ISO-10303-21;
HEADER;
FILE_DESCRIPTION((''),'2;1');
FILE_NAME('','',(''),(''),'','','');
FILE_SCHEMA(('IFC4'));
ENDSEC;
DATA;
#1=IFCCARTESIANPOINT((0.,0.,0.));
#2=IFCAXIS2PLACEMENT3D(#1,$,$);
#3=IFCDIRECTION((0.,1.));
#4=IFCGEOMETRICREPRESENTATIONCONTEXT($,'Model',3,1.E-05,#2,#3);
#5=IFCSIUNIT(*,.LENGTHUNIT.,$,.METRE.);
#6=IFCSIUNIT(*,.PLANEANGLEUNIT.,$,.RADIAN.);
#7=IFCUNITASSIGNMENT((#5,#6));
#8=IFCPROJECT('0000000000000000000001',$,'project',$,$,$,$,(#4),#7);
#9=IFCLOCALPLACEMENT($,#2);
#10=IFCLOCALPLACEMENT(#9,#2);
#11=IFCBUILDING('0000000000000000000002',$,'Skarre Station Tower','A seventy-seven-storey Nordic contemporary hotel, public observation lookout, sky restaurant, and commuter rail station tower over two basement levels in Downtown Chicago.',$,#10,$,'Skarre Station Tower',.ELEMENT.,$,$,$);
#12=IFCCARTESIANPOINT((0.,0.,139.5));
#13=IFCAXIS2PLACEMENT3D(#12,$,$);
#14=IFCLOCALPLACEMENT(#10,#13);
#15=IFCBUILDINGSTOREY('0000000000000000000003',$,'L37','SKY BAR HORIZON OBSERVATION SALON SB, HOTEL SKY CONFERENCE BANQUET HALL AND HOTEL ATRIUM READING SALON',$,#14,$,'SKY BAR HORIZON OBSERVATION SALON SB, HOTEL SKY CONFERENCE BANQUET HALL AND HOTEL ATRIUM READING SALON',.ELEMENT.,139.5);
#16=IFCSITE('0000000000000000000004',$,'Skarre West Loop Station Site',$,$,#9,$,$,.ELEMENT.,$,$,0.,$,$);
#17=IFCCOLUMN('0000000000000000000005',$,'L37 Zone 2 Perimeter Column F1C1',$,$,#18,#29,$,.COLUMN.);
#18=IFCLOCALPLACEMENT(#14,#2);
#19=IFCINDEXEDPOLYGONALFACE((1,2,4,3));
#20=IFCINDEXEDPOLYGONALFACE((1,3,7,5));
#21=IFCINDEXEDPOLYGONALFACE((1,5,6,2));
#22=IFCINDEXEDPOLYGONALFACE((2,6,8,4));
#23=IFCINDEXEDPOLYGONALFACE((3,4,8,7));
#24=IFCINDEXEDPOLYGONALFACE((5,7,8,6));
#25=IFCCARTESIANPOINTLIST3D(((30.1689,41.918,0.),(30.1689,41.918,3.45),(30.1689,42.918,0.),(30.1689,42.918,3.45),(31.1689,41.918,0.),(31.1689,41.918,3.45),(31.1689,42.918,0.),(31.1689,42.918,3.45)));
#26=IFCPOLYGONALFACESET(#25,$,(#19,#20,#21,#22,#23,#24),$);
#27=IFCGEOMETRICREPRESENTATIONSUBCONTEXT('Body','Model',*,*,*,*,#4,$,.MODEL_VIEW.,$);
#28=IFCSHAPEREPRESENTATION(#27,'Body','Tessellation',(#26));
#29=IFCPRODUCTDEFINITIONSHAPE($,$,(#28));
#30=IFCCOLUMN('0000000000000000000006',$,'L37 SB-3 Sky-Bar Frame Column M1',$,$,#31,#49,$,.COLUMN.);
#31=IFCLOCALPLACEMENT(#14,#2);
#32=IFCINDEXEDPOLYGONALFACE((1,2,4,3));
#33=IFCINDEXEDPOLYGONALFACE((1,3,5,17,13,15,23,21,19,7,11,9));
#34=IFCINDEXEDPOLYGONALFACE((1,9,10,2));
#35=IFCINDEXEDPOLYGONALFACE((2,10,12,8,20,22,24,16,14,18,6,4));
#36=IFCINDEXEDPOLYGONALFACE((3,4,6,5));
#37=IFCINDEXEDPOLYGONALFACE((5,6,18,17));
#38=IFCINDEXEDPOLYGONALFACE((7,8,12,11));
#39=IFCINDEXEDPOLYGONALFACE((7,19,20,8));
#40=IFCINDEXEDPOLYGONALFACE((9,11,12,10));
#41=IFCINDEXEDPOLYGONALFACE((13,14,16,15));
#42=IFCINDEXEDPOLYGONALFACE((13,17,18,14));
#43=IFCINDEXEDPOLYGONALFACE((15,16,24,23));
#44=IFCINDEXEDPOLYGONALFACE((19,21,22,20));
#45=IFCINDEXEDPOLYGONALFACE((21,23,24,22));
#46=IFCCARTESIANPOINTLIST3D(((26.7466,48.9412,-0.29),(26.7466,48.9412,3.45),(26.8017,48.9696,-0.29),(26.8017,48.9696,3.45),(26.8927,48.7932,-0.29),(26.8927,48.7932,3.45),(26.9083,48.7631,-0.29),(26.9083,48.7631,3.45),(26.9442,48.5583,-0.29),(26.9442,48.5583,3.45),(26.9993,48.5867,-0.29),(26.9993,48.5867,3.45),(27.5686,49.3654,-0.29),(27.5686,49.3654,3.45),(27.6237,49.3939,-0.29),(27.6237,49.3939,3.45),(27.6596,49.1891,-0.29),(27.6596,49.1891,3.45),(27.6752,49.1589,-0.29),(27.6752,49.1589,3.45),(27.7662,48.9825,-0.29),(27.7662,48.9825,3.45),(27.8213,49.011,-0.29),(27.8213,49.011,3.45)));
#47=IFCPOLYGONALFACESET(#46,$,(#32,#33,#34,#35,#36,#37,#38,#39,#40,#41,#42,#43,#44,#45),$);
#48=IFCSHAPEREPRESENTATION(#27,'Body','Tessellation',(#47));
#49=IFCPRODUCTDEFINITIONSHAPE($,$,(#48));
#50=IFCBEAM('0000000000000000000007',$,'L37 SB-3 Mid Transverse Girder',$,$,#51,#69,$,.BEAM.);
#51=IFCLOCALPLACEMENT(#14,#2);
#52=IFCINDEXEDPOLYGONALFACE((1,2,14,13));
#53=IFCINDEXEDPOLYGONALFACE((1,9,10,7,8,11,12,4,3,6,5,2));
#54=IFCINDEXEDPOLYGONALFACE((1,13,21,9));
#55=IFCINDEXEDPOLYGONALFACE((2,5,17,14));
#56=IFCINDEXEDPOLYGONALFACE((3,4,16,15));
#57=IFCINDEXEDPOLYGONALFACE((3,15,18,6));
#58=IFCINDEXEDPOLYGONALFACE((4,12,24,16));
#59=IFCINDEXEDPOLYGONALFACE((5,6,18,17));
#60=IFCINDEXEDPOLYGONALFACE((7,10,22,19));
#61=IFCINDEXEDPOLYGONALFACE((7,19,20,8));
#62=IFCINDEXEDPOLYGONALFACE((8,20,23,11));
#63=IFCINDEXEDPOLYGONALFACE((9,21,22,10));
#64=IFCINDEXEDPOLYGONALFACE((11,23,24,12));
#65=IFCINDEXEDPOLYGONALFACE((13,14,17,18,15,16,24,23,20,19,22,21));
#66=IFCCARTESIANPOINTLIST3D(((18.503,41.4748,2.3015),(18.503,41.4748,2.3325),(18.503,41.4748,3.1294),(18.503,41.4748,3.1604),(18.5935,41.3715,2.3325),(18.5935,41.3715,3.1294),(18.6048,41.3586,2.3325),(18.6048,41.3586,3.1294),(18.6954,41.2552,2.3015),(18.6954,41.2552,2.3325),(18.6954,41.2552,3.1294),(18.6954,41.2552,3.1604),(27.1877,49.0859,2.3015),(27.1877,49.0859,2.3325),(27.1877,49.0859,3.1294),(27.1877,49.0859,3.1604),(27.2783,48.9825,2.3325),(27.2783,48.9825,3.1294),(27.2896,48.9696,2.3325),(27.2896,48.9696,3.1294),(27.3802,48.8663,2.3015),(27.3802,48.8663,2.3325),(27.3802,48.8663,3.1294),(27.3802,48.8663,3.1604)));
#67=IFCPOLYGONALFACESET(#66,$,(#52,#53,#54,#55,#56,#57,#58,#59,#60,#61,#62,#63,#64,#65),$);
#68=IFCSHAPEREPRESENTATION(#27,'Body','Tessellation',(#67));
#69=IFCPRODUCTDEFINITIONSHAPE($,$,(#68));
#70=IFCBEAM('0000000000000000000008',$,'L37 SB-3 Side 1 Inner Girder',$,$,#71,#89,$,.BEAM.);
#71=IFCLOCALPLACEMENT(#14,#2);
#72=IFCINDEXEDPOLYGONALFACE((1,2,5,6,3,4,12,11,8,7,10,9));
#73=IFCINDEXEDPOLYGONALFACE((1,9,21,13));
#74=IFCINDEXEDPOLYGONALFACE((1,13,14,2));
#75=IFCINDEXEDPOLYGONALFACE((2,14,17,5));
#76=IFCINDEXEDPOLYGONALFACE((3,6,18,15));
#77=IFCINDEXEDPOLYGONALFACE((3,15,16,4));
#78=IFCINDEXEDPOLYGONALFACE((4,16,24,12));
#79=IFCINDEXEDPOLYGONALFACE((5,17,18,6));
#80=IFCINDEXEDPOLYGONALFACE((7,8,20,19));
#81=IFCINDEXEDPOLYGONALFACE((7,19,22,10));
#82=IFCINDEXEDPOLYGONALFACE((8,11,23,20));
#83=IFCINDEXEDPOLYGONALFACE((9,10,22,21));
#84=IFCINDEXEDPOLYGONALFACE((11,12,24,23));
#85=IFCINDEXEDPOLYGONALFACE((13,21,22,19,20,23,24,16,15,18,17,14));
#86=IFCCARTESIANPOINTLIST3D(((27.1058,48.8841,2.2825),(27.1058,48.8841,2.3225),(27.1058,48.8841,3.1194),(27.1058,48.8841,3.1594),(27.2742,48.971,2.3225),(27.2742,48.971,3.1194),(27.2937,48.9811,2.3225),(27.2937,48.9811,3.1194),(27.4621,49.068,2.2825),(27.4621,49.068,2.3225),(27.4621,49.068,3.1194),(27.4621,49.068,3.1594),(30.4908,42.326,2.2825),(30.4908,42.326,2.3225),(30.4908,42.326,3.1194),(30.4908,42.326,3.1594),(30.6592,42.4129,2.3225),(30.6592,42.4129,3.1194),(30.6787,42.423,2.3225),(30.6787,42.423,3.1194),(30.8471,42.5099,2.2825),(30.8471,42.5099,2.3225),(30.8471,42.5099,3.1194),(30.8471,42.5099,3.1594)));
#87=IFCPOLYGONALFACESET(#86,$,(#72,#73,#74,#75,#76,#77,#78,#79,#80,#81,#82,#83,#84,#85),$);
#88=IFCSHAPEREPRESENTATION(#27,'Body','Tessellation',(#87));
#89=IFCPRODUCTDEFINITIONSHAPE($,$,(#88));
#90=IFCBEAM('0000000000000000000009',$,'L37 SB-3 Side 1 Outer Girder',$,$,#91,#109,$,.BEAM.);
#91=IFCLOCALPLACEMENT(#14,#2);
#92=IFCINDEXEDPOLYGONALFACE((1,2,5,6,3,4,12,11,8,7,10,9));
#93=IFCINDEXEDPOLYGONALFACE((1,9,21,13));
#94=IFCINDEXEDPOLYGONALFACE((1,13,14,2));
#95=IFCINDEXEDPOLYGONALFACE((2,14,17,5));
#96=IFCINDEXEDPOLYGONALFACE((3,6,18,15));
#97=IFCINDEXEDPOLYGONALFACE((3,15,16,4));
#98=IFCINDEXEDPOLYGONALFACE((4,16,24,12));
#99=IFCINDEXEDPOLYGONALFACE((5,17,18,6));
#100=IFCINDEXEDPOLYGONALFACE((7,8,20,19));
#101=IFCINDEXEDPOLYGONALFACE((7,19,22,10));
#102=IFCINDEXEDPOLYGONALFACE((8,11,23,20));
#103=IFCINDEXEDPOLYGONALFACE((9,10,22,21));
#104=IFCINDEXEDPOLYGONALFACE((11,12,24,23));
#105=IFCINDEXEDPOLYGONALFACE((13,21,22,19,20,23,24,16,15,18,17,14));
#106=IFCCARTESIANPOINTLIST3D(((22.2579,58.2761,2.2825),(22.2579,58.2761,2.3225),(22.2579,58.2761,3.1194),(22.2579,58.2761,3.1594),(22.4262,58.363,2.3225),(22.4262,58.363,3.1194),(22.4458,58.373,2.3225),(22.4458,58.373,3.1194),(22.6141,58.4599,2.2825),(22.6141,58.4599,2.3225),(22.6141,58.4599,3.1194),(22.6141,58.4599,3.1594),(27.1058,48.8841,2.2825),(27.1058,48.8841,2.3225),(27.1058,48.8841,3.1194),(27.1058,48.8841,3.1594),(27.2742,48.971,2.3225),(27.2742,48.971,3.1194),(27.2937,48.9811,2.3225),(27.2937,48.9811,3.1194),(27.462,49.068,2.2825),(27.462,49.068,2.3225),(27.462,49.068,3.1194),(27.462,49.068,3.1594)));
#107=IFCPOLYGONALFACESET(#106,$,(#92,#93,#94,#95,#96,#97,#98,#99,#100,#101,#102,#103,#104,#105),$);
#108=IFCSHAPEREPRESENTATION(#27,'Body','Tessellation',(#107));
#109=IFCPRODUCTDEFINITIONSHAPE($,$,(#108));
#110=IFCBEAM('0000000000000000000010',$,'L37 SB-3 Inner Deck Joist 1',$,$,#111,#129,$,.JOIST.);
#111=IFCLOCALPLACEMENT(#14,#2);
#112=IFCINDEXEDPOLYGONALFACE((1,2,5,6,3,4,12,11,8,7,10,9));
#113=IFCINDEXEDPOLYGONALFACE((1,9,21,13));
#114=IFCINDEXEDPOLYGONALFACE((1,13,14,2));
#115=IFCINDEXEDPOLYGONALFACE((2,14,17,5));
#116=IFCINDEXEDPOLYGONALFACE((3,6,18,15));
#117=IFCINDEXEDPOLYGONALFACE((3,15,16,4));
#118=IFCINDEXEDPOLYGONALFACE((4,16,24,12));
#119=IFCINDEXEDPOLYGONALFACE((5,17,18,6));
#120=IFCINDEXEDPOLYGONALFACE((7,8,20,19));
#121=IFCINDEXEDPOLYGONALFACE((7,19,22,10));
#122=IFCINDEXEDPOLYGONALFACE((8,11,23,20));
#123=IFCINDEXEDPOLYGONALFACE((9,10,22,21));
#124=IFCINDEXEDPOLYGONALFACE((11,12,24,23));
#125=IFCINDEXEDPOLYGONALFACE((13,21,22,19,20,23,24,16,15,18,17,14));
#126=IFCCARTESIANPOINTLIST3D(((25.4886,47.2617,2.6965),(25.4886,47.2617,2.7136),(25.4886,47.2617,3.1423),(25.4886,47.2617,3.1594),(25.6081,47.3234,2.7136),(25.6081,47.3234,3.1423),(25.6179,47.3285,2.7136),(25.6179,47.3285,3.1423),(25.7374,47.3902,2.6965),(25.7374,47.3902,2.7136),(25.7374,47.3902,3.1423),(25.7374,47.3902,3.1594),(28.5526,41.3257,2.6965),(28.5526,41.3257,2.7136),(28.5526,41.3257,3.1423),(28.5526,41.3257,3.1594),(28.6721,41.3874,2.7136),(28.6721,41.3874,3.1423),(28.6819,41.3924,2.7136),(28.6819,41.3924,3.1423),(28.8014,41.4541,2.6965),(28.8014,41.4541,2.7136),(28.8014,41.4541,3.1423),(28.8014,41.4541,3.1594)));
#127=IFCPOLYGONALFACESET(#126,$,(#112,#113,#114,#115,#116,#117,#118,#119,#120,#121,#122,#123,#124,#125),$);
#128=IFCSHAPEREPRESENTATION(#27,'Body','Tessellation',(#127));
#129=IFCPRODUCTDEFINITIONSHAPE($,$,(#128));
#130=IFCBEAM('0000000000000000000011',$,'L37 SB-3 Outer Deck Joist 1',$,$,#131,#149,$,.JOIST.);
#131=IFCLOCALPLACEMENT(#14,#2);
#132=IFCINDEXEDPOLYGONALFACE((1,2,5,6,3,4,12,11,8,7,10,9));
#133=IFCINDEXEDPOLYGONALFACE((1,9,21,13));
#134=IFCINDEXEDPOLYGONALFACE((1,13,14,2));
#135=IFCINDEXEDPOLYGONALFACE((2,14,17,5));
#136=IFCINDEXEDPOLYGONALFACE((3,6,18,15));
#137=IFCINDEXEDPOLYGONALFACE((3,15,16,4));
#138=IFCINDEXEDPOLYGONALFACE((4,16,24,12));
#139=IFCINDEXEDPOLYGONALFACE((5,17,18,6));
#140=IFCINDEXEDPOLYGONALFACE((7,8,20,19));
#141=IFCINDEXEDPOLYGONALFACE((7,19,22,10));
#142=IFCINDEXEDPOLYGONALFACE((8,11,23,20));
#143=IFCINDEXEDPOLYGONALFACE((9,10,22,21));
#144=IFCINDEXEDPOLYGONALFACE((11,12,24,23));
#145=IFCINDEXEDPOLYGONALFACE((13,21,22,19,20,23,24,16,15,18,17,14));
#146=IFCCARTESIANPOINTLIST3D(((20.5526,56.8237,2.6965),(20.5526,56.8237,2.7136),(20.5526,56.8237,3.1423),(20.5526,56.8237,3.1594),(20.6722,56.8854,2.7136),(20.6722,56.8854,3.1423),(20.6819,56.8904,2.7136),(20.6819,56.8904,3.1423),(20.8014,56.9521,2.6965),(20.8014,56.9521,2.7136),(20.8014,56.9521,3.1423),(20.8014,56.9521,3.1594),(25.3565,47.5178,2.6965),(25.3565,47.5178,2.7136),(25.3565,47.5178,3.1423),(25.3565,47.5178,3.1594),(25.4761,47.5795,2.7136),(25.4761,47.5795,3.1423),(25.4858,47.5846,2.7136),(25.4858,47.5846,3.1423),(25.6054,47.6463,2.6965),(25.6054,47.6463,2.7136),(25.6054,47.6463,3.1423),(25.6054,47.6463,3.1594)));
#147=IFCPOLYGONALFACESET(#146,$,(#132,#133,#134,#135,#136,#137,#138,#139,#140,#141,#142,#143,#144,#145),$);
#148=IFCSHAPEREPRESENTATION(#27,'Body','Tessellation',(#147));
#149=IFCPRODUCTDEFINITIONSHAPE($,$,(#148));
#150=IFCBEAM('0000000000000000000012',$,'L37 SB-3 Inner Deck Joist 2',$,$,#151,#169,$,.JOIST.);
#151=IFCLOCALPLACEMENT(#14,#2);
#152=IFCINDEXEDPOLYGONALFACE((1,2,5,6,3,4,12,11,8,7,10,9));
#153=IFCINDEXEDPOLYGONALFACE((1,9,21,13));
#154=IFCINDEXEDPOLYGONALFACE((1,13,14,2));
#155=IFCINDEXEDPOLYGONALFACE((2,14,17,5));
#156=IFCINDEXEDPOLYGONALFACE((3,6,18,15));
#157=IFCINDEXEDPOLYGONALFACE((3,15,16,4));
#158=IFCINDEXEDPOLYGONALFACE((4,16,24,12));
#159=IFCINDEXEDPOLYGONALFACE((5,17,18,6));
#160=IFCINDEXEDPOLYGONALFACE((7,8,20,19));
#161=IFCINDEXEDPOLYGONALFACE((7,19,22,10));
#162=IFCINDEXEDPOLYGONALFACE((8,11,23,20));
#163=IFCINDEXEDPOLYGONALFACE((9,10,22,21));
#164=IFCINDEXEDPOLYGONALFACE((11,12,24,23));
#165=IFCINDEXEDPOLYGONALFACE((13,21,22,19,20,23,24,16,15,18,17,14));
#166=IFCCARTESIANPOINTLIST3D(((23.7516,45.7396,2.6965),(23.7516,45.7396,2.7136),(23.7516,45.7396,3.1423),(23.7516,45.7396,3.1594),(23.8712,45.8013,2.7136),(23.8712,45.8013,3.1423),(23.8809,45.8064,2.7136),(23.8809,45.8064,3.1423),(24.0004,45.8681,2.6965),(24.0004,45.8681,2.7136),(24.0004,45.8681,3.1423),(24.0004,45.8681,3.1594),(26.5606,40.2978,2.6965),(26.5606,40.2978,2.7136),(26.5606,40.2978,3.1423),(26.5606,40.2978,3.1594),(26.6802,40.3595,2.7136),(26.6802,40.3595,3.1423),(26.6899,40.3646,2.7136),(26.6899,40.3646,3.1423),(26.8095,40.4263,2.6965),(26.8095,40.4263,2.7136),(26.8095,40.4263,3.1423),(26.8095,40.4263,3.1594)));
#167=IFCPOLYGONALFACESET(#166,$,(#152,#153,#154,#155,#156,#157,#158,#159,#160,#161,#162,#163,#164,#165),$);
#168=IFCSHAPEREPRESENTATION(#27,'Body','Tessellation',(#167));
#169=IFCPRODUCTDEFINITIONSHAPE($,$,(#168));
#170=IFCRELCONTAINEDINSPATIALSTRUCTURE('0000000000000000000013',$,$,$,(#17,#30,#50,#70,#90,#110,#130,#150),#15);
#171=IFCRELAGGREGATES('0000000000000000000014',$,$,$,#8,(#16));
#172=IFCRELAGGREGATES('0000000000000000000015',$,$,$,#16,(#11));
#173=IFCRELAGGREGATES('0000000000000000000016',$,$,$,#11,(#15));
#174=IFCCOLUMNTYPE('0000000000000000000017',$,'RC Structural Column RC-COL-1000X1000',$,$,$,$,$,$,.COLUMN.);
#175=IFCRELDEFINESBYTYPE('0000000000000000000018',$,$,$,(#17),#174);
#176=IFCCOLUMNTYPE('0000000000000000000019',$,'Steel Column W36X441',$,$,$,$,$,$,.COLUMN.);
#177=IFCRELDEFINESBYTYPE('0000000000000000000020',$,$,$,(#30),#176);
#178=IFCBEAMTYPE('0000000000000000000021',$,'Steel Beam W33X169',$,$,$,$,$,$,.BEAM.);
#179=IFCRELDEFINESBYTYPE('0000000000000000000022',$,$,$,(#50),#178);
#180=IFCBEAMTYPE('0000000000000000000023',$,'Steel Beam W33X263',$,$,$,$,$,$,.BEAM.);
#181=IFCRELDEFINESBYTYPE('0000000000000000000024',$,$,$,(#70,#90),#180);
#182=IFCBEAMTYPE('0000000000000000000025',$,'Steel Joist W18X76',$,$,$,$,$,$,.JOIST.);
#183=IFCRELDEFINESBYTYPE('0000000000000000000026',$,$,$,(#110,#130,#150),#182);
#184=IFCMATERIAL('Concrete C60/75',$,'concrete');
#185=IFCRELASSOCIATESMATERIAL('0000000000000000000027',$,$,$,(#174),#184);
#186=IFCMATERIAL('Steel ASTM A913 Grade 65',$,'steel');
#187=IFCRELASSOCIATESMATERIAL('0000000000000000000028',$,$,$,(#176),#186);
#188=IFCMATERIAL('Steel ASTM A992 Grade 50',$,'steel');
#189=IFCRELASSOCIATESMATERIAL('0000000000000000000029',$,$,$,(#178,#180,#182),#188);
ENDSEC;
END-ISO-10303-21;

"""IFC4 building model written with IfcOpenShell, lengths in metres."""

from ifc_helpers import new_model, si_unit, direction, frame, origin, origin_2d, place, context, subcontext, project, spatial, rectangle, i_section, extrude, material, material_profile, profile_set, type_object, element, save


model = new_model("IFC4")

# Units and contexts
model_context = context("Model", 3, precision=1e-05, world=origin(), true_north=direction((0.0, 1.0)))
body_context = subcontext(model_context, "Body", "Model", "MODEL_VIEW")
ifc_project = project(units=[si_unit("LENGTHUNIT", "METRE"), si_unit("PLANEANGLEUNIT", "RADIAN")], contexts=[model_context])

# Site, building, storey
site_placement = place(None, origin())
site = spatial("IfcSite", under=ifc_project, at=site_placement, Name="Skarre West Loop Station Site", CompositionType="ELEMENT", RefElevation=0.0)
building_placement = place(site_placement, origin())
building = spatial("IfcBuilding", under=site, at=building_placement, Name="Skarre Station Tower", Description="A seventy-seven-storey Nordic contemporary hotel, public observation lookout, sky restaurant, and commuter rail station tower over two basement levels in Downtown Chicago.", LongName="Skarre Station Tower", CompositionType="ELEMENT")
storey_placement = place(building_placement, frame((0.0, 0.0, 139.5)))
storey = spatial("IfcBuildingStorey", under=building, at=storey_placement, Name="L37", Description="SKY BAR HORIZON OBSERVATION SALON SB, HOTEL SKY CONFERENCE BANQUET HALL AND HOTEL ATRIUM READING SALON", LongName="SKY BAR HORIZON OBSERVATION SALON SB, HOTEL SKY CONFERENCE BANQUET HALL AND HOTEL ATRIUM READING SALON", CompositionType="ELEMENT", Elevation=139.5)

# Columns
ifc_material_1 = material(Name="Concrete C60/75", Category="concrete")
ifc_material_profile_1 = material_profile(ifc_material_1, rectangle(XDim=1.0, YDim=1.0, at=origin_2d()), Name="Concrete C60/75")
ifc_profile_set_1 = profile_set([ifc_material_profile_1], Name="Concrete C60/75")
column_type_1 = type_object("IfcColumnType", Name="RC Structural Column RC-COL-1000X1000", PredefinedType="COLUMN", material=ifc_profile_set_1)
column_1_placement = place(storey_placement, frame((30.6689, 42.418, 0.0), z_axis=(0.0, 0.0, 1.0), x_axis=(1.0, 0.0, 0.0)))
element("IfcColumn", 1, at=column_1_placement, inside=storey, type_object=column_type_1, Name="L37 Zone 2 Perimeter Column F1C1", PredefinedType="COLUMN", context=body_context, shape_type="SweptSolid", body=[
    extrude(rectangle(XDim=1.0, YDim=1.0, at=origin_2d()), origin(), (0.0, 0.0, 1.0), 3.45),
])
ifc_material_2 = material(Name="Steel ASTM A913 Grade 65", Category="steel")
ifc_material_profile_2 = material_profile(ifc_material_2, i_section(OverallWidth=0.4309, OverallDepth=0.9871, WebThickness=0.0339, FlangeThickness=0.062, at=origin_2d()), Name="Steel ASTM A913 Grade 65")
ifc_profile_set_2 = profile_set([ifc_material_profile_2], Name="Steel ASTM A913 Grade 65")
column_type_2 = type_object("IfcColumnType", Name="Steel Column W36X441", PredefinedType="COLUMN", material=ifc_profile_set_2)
column_2_placement = place(storey_placement, frame((27.2839, 48.9761, -0.29), z_axis=(0.0, 0.0, 1.0), x_axis=(-0.45865, 0.888617, 0.0)))
element("IfcColumn", 2, at=column_2_placement, inside=storey, type_object=column_type_2, Name="L37 SB-3 Sky-Bar Frame Column M1", PredefinedType="COLUMN", context=body_context, shape_type="SweptSolid", body=[
    extrude(i_section(OverallWidth=0.4309, OverallDepth=0.9871, WebThickness=0.0339, FlangeThickness=0.062, at=origin_2d()), origin(), (0.0, 0.0, 1.0), 3.74),
])

# Beams
ifc_material_3 = material(Name="Steel ASTM A992 Grade 50", Category="steel")
ifc_material_profile_3 = material_profile(ifc_material_3, i_section(OverallWidth=0.292, OverallDepth=0.8589, WebThickness=0.0171, FlangeThickness=0.031, at=origin_2d()), Name="Steel ASTM A992 Grade 50")
ifc_profile_set_3 = profile_set([ifc_material_profile_3], Name="Steel ASTM A992 Grade 50")
beam_type_1 = type_object("IfcBeamType", Name="Steel Beam W33X169", PredefinedType="BEAM", material=ifc_profile_set_3)
beam_1_placement = place(storey_placement, frame((27.2839, 48.9761, 2.731), z_axis=(-0.752067, -0.659087, 0.0), x_axis=(0.659087, -0.752067, 0.0)))
element("IfcBeam", 3, at=beam_1_placement, inside=storey, type_object=beam_type_1, Name="L37 SB-3 Mid Transverse Girder", PredefinedType="BEAM", context=body_context, shape_type="SweptSolid", body=[
    extrude(i_section(OverallWidth=0.292, OverallDepth=0.8589, WebThickness=0.0171, FlangeThickness=0.031, at=origin_2d()), origin(), (0.0, 0.0, 1.0), 11.5479),
])
ifc_material_profile_4 = material_profile(ifc_material_3, i_section(OverallWidth=0.4009, OverallDepth=0.877, WebThickness=0.022, FlangeThickness=0.04, at=origin_2d()), Name="Steel ASTM A992 Grade 50")
ifc_profile_set_4 = profile_set([ifc_material_profile_4], Name="Steel ASTM A992 Grade 50")
beam_type_2 = type_object("IfcBeamType", Name="Steel Beam W33X263", PredefinedType="BEAM", material=ifc_profile_set_4)
beam_2_placement = place(storey_placement, frame((30.6689, 42.418, 2.7209), z_axis=(-0.458662, 0.888611, 0.0), x_axis=(-0.888611, -0.458662, 0.0)))
element("IfcBeam", 4, at=beam_2_placement, inside=storey, type_object=beam_type_2, Name="L37 SB-3 Side 1 Inner Girder", PredefinedType="BEAM", context=body_context, shape_type="SweptSolid", body=[
    extrude(i_section(OverallWidth=0.4009, OverallDepth=0.877, WebThickness=0.022, FlangeThickness=0.04, at=origin_2d()), origin(), (0.0, 0.0, 1.0), 7.3801),
])
beam_3_placement = place(storey_placement, frame((27.2839, 48.9761, 2.7209), z_axis=(-0.45868, 0.888602, 0.0), x_axis=(-0.888602, -0.45868, 0.0)))
element("IfcBeam", 5, at=beam_3_placement, inside=storey, type_object=beam_type_2, Name="L37 SB-3 Side 1 Outer Girder", PredefinedType="BEAM", context=body_context, shape_type="SweptSolid", body=[
    extrude(i_section(OverallWidth=0.4009, OverallDepth=0.877, WebThickness=0.022, FlangeThickness=0.04, at=origin_2d()), origin(), (0.0, 0.0, 1.0), 10.5693),
])
ifc_material_profile_5 = material_profile(ifc_material_3, i_section(OverallWidth=0.28, OverallDepth=0.4629, WebThickness=0.011, FlangeThickness=0.0171, at=origin_2d()), Name="Steel ASTM A992 Grade 50")
ifc_profile_set_5 = profile_set([ifc_material_profile_5], Name="Steel ASTM A992 Grade 50")
beam_type_3 = type_object("IfcBeamType", Name="Steel Joist W18X76", PredefinedType="JOIST", material=ifc_profile_set_5)
beam_4_placement = place(storey_placement, frame((28.677, 41.3899, 2.928), z_axis=(-0.458667, 0.888608, 0.0), x_axis=(-0.888608, -0.458667, 0.0)))
element("IfcBeam", 6, at=beam_4_placement, inside=storey, type_object=beam_type_3, Name="L37 SB-3 Inner Deck Joist 1", PredefinedType="JOIST", context=body_context, shape_type="SweptSolid", body=[
    extrude(i_section(OverallWidth=0.28, OverallDepth=0.4629, WebThickness=0.011, FlangeThickness=0.0171, at=origin_2d()), origin(), (0.0, 0.0, 1.0), 6.6802),
])
beam_5_placement = place(storey_placement, frame((25.481, 47.582, 2.928), z_axis=(-0.458711, 0.888585, 0.0), x_axis=(-0.888585, -0.458711, 0.0)))
element("IfcBeam", 7, at=beam_5_placement, inside=storey, type_object=beam_type_3, Name="L37 SB-3 Outer Deck Joist 1", PredefinedType="JOIST", context=body_context, shape_type="SweptSolid", body=[
    extrude(i_section(OverallWidth=0.28, OverallDepth=0.4629, WebThickness=0.011, FlangeThickness=0.0171, at=origin_2d()), origin(), (0.0, 0.0, 1.0), 10.4727),
])
beam_6_placement = place(storey_placement, frame((26.6851, 40.3621, 2.928), z_axis=(-0.45869, 0.888597, 0.0), x_axis=(-0.888597, -0.45869, 0.0)))
element("IfcBeam", 8, at=beam_6_placement, inside=storey, type_object=beam_type_3, Name="L37 SB-3 Inner Deck Joist 2", PredefinedType="JOIST", context=body_context, shape_type="SweptSolid", body=[
    extrude(i_section(OverallWidth=0.28, OverallDepth=0.4629, WebThickness=0.011, FlangeThickness=0.0171, at=origin_2d()), origin(), (0.0, 0.0, 1.0), 6.124),
])

save(model, "model.ifc")
